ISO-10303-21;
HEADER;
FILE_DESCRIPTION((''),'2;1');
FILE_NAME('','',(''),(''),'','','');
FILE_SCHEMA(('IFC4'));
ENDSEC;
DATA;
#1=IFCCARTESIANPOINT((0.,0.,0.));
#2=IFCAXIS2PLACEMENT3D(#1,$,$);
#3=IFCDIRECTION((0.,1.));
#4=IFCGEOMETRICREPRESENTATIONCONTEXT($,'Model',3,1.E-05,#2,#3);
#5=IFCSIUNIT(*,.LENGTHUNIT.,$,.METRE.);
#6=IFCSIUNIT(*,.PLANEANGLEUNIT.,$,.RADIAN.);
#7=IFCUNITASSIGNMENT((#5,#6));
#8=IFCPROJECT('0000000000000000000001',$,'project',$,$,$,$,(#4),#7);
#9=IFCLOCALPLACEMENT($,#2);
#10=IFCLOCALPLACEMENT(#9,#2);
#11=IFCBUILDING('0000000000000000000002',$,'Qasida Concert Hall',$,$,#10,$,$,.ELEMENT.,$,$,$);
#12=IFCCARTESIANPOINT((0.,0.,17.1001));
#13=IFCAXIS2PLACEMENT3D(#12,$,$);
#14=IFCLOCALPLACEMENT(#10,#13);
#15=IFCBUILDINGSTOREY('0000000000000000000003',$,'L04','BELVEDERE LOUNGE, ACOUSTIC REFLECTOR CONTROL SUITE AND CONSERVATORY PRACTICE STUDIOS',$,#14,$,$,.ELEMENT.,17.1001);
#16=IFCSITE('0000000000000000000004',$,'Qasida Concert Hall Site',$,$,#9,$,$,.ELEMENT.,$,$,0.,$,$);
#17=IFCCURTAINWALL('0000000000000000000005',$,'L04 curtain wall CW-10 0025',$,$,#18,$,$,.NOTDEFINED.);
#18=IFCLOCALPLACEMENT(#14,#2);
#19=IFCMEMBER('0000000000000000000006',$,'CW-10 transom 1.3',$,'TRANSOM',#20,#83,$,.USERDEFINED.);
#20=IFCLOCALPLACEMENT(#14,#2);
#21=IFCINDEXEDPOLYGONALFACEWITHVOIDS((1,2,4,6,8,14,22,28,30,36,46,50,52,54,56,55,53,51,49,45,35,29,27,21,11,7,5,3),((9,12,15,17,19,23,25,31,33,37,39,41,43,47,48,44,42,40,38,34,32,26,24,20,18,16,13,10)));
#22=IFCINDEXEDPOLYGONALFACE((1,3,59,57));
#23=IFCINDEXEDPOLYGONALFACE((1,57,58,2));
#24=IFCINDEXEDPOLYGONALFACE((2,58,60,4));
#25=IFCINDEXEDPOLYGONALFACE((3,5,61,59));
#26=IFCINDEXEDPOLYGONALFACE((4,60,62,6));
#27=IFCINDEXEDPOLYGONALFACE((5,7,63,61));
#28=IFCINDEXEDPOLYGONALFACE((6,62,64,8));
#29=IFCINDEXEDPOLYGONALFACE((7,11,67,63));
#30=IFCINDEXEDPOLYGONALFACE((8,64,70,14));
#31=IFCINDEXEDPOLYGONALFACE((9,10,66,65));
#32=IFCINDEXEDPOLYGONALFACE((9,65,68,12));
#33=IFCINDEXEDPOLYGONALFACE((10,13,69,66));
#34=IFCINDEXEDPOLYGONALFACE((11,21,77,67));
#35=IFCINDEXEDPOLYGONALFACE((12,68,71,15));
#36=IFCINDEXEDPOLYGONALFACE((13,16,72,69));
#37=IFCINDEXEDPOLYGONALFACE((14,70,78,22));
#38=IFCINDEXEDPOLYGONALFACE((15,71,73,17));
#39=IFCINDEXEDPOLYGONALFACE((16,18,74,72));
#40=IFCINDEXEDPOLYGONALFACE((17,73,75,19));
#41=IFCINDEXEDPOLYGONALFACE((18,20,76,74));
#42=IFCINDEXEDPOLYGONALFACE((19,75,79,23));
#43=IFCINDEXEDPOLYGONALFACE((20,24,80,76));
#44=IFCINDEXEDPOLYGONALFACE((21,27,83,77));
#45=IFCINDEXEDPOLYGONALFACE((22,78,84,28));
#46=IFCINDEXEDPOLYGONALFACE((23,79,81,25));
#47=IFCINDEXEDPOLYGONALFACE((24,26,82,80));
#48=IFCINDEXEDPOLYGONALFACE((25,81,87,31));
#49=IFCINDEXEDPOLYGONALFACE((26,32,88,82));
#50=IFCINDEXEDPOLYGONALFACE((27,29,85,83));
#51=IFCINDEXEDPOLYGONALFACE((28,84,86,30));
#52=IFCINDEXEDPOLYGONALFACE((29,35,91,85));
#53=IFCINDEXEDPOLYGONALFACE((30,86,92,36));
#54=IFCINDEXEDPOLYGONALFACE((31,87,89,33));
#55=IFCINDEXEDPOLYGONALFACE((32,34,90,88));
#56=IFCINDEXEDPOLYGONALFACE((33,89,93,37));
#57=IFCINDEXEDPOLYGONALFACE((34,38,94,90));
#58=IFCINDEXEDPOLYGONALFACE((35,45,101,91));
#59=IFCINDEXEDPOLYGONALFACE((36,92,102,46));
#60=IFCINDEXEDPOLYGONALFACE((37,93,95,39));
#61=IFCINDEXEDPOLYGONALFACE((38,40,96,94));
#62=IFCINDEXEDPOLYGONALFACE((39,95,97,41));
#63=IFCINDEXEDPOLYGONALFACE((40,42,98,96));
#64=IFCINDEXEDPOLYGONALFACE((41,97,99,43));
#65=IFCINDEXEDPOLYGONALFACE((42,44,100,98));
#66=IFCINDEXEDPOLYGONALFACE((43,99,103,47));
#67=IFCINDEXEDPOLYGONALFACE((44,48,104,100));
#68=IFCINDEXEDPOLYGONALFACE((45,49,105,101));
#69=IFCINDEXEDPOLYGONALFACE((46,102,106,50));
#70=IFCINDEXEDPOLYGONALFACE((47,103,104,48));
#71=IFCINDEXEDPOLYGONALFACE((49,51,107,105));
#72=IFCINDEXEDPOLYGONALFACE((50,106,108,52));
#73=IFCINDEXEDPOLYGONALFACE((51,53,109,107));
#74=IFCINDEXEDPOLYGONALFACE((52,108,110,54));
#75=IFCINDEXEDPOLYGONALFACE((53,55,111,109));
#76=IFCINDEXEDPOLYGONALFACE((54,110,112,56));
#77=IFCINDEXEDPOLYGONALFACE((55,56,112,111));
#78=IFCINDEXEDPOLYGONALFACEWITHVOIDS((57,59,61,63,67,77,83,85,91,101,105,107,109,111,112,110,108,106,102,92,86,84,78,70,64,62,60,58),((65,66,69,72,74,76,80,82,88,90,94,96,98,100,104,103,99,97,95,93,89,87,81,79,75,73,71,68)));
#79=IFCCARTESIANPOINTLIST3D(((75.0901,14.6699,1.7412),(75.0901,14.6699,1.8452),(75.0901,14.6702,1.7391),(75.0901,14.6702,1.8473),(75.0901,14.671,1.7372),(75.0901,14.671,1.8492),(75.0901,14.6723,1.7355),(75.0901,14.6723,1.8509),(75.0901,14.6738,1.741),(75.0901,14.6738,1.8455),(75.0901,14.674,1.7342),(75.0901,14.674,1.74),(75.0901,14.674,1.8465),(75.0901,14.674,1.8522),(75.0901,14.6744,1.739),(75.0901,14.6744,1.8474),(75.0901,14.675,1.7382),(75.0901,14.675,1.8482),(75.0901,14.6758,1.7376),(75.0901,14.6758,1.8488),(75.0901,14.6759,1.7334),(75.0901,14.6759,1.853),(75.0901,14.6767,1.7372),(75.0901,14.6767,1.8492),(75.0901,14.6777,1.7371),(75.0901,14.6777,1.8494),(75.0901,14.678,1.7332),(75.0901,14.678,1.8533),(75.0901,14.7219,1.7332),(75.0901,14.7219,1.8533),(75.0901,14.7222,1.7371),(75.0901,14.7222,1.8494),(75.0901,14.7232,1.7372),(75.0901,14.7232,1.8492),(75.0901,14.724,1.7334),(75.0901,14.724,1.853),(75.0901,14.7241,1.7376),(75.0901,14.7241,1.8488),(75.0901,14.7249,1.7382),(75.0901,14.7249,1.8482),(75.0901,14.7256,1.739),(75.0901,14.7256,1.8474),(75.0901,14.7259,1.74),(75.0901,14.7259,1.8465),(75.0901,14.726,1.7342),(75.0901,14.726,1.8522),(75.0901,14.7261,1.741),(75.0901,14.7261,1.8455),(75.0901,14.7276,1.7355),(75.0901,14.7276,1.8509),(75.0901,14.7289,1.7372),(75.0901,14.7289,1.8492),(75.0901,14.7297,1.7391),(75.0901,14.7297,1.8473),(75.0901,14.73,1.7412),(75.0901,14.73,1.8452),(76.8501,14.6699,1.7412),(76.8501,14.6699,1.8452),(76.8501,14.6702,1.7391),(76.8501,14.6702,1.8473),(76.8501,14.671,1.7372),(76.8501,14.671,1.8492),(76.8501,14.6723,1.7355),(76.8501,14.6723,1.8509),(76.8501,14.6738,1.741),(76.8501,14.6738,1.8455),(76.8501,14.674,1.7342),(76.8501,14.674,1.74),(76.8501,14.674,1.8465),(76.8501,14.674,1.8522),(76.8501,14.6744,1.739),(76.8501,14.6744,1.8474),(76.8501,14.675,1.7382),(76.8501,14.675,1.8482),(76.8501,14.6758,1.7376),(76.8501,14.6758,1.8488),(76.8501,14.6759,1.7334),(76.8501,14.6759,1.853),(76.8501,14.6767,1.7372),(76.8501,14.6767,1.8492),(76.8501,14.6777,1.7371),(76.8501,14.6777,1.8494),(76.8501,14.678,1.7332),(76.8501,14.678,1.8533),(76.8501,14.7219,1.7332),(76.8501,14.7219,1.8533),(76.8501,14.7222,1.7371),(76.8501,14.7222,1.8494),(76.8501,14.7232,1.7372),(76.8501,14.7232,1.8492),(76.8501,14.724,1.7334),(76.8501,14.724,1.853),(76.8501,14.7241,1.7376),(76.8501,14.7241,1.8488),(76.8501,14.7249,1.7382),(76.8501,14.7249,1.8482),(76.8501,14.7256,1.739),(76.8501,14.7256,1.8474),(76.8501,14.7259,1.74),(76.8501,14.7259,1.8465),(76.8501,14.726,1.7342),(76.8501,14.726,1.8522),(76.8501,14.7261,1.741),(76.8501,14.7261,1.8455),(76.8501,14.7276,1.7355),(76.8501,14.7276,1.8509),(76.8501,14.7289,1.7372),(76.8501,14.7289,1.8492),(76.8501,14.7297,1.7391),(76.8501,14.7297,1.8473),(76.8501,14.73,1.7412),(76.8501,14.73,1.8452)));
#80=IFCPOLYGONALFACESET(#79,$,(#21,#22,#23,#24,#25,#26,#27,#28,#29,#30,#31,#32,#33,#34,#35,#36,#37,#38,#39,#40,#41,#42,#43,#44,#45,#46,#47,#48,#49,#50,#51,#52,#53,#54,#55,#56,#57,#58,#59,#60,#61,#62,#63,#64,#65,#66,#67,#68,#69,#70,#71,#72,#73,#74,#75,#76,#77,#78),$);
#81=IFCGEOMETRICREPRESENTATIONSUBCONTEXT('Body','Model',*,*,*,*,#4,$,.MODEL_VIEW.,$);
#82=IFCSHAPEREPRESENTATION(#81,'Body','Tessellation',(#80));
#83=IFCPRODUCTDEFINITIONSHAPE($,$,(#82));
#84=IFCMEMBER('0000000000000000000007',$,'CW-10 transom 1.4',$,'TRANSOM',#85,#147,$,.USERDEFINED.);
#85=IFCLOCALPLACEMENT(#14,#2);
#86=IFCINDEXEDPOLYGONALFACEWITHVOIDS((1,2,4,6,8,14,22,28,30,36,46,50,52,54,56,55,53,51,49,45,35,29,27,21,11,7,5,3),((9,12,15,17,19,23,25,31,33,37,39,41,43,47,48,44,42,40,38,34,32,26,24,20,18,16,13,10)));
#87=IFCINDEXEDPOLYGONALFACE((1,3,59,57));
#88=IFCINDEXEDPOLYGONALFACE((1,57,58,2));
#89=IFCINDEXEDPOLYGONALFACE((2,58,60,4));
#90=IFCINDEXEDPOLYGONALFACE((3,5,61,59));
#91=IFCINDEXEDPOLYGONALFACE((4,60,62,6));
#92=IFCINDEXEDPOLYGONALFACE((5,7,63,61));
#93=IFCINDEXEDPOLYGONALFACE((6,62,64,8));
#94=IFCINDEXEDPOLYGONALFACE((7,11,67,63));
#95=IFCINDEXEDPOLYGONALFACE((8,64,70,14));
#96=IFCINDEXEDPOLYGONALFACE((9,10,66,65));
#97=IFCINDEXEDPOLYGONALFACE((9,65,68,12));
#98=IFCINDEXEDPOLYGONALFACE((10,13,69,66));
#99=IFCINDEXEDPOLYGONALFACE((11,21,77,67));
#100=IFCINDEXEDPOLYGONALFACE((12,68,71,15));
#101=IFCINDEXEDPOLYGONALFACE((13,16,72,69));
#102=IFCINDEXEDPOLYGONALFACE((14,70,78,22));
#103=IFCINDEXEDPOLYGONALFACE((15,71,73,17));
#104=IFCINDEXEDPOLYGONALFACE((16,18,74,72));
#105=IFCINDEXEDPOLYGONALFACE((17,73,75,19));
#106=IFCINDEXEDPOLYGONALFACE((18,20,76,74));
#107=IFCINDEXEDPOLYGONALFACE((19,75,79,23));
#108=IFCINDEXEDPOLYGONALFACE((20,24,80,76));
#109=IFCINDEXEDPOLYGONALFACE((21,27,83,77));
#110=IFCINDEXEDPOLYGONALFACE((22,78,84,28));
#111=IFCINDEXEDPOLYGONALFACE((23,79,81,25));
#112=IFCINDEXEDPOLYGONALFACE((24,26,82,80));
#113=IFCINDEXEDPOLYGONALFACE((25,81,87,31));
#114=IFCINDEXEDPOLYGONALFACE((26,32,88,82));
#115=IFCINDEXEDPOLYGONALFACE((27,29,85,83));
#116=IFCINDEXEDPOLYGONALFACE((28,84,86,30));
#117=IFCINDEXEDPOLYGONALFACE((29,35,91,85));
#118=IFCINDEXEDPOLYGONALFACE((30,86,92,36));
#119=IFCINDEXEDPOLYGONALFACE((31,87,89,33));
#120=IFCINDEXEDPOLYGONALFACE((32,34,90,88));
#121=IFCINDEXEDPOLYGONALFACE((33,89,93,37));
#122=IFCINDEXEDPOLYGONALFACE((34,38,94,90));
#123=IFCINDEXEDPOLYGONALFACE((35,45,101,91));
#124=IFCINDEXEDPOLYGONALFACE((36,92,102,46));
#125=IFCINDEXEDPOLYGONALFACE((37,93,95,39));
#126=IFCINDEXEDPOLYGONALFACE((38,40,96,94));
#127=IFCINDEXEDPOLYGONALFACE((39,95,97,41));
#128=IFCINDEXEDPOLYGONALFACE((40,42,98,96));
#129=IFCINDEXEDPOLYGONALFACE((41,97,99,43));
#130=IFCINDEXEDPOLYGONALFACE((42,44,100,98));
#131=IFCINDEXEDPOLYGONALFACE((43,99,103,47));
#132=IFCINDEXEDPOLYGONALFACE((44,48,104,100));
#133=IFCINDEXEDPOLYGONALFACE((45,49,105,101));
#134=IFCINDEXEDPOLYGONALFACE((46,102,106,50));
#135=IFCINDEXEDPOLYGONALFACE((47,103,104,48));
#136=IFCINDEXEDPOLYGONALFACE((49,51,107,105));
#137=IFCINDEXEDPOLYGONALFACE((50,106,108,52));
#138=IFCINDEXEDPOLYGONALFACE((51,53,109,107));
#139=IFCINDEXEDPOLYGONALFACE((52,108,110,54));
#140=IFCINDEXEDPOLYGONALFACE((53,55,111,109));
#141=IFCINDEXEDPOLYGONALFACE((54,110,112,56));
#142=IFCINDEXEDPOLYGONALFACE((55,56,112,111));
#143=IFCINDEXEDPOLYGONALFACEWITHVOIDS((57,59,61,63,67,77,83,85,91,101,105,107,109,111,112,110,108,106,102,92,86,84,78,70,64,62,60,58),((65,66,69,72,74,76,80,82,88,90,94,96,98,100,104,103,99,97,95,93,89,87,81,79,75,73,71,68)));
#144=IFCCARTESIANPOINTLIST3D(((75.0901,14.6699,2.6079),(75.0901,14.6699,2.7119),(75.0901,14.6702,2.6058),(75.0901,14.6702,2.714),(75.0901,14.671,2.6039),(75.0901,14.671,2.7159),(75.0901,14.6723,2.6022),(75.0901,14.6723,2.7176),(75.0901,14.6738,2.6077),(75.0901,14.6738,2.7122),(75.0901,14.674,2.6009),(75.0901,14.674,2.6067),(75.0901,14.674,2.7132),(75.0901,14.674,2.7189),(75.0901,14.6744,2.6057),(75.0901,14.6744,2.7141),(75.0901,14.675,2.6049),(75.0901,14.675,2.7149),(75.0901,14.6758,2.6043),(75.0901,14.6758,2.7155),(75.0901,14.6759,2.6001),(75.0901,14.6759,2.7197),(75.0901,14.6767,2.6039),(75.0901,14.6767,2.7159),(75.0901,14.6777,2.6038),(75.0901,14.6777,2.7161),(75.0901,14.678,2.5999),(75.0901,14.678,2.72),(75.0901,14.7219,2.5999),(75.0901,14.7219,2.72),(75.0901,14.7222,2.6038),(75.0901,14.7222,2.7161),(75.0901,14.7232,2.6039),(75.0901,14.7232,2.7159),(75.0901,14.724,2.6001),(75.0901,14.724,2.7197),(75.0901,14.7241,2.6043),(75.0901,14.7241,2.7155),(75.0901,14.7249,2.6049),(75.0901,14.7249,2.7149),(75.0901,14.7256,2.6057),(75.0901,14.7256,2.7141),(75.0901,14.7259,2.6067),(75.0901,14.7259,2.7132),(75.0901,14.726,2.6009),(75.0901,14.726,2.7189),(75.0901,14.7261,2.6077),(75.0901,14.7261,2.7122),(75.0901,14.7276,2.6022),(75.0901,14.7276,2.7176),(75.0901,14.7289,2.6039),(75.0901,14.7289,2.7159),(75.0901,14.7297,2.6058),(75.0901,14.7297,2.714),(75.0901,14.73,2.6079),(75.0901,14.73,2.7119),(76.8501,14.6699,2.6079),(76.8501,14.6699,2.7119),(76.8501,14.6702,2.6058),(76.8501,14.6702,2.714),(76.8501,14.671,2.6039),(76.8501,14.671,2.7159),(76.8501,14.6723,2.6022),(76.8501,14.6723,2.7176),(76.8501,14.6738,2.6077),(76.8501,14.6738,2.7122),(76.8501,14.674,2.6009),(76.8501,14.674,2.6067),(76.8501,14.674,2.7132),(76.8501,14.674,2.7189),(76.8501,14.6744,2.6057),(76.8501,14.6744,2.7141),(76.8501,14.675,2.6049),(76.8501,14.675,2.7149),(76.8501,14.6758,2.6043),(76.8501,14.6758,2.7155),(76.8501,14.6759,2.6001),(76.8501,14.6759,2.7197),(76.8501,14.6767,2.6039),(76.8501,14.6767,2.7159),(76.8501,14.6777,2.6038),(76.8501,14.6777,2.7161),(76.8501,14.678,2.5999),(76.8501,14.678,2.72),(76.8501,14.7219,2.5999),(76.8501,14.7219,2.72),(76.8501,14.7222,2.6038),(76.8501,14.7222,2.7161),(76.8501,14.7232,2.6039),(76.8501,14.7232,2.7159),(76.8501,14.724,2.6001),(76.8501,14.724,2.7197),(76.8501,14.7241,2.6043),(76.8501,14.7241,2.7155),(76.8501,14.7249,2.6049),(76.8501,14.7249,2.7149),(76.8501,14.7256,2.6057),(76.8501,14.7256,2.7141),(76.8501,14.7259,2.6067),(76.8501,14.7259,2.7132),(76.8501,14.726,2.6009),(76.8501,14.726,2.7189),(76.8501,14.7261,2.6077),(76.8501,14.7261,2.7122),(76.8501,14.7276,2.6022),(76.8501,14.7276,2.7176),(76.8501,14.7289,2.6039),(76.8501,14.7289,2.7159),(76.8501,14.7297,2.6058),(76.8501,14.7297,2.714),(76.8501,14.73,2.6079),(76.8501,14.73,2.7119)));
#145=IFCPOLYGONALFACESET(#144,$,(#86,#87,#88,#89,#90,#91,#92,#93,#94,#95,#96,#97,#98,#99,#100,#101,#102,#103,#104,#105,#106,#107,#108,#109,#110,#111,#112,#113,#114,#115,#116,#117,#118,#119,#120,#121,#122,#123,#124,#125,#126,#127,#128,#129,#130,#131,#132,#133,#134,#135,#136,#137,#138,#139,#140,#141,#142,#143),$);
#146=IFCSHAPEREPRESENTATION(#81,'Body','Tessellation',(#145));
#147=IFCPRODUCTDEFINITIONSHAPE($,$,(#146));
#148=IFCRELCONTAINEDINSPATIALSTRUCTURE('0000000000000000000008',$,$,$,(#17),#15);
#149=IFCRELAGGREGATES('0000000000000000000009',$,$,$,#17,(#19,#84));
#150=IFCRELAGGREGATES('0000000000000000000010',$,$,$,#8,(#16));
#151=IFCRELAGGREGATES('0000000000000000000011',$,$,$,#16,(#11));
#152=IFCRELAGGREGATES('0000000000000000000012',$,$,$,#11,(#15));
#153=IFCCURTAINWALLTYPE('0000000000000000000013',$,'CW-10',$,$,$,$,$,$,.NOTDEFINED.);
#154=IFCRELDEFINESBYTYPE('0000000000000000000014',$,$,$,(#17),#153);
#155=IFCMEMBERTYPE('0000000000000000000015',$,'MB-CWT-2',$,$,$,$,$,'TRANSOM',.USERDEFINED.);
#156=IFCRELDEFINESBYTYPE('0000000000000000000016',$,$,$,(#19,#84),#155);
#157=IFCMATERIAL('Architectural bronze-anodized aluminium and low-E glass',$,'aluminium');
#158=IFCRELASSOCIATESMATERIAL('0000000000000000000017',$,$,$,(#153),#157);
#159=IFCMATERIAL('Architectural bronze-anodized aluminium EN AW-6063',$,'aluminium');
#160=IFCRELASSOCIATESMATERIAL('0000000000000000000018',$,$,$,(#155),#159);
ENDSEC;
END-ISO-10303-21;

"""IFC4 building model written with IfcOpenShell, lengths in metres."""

from ifc_helpers import new_model, si_unit, direction, frame, origin, origin_2d, place, context, subcontext, project, spatial, hollow_rectangle, extrude, material, material_profile, profile_set, type_object, element, aggregate, save


model = new_model("IFC4")

# Units and contexts
model_context = context("Model", 3, precision=1e-05, world=origin(), true_north=direction((0.0, 1.0)))
body_context = subcontext(model_context, "Body", "Model", "MODEL_VIEW")
ifc_project = project(units=[si_unit("LENGTHUNIT", "METRE"), si_unit("PLANEANGLEUNIT", "RADIAN")], contexts=[model_context])

# Site, building, storey
site_placement = place(None, origin())
site = spatial("IfcSite", under=ifc_project, at=site_placement, Name="Qasida Concert Hall Site", CompositionType="ELEMENT", RefElevation=0.0)
building_placement = place(site_placement, origin())
building = spatial("IfcBuilding", under=site, at=building_placement, Name="Qasida Concert Hall", CompositionType="ELEMENT")
storey_placement = place(building_placement, frame((0.0, 0.0, 17.1001)))
storey = spatial("IfcBuildingStorey", under=building, at=storey_placement, Name="L04", Description="BELVEDERE LOUNGE, ACOUSTIC REFLECTOR CONTROL SUITE AND CONSERVATORY PRACTICE STUDIOS", CompositionType="ELEMENT", Elevation=17.1001)

# Curtain wall, members
ifc_material_1 = material(Name="Architectural bronze-anodized aluminium and low-E glass", Category="aluminium")
curtain_wall_type = type_object("IfcCurtainWallType", Name="CW-10", PredefinedType="NOTDEFINED", material=ifc_material_1)
curtain_wall_placement = place(storey_placement, origin())
curtain_wall = element("IfcCurtainWall", 1, at=curtain_wall_placement, inside=storey, type_object=curtain_wall_type, Name="L04 curtain wall CW-10 0025", PredefinedType="NOTDEFINED")
ifc_material_2 = material(Name="Architectural bronze-anodized aluminium EN AW-6063", Category="aluminium")
ifc_material_profile_1 = material_profile(ifc_material_2, hollow_rectangle(XDim=0.0601, YDim=0.1201, WallThickness=0.0039, InnerFilletRadius=0.0039, OuterFilletRadius=0.0081, at=origin_2d()), Name="CWT 120x60x4")
ifc_profile_set_1 = profile_set([ifc_material_profile_1], Name="Architectural bronze-anodized aluminium EN AW-6063")
member_type_1 = type_object("IfcMemberType", Name="MB-CWT-2", ElementType="TRANSOM", PredefinedType="USERDEFINED", material=ifc_profile_set_1)
member_1_placement = place(storey_placement, frame((75.0901, 14.7, 1.7932), z_axis=(1.0, 0.0, 0.0), x_axis=(0.0, 1.0, 0.0)))
member_1 = element("IfcMember", 2, at=member_1_placement, type_object=member_type_1, Name="CW-10 transom 1.3", ObjectType="TRANSOM", PredefinedType="USERDEFINED", context=body_context, shape_type="SweptSolid", body=[
    extrude(hollow_rectangle(XDim=0.0601, YDim=0.1201, WallThickness=0.0039, InnerFilletRadius=0.0039, OuterFilletRadius=0.0081, at=origin_2d()), origin(), (0.0, 0.0, 1.0), 1.76),
])
member_2_placement = place(storey_placement, frame((75.0901, 14.7, 2.6599), z_axis=(1.0, 0.0, 0.0), x_axis=(0.0, 1.0, 0.0)))
member_2 = element("IfcMember", 3, at=member_2_placement, type_object=member_type_1, Name="CW-10 transom 1.4", ObjectType="TRANSOM", PredefinedType="USERDEFINED", context=body_context, shape_type="SweptSolid", body=[
    extrude(hollow_rectangle(XDim=0.0601, YDim=0.1201, WallThickness=0.0039, InnerFilletRadius=0.0039, OuterFilletRadius=0.0081, at=origin_2d()), origin(), (0.0, 0.0, 1.0), 1.76),
])
aggregate(curtain_wall, [member_1, member_2])

save(model, "model.ifc")
